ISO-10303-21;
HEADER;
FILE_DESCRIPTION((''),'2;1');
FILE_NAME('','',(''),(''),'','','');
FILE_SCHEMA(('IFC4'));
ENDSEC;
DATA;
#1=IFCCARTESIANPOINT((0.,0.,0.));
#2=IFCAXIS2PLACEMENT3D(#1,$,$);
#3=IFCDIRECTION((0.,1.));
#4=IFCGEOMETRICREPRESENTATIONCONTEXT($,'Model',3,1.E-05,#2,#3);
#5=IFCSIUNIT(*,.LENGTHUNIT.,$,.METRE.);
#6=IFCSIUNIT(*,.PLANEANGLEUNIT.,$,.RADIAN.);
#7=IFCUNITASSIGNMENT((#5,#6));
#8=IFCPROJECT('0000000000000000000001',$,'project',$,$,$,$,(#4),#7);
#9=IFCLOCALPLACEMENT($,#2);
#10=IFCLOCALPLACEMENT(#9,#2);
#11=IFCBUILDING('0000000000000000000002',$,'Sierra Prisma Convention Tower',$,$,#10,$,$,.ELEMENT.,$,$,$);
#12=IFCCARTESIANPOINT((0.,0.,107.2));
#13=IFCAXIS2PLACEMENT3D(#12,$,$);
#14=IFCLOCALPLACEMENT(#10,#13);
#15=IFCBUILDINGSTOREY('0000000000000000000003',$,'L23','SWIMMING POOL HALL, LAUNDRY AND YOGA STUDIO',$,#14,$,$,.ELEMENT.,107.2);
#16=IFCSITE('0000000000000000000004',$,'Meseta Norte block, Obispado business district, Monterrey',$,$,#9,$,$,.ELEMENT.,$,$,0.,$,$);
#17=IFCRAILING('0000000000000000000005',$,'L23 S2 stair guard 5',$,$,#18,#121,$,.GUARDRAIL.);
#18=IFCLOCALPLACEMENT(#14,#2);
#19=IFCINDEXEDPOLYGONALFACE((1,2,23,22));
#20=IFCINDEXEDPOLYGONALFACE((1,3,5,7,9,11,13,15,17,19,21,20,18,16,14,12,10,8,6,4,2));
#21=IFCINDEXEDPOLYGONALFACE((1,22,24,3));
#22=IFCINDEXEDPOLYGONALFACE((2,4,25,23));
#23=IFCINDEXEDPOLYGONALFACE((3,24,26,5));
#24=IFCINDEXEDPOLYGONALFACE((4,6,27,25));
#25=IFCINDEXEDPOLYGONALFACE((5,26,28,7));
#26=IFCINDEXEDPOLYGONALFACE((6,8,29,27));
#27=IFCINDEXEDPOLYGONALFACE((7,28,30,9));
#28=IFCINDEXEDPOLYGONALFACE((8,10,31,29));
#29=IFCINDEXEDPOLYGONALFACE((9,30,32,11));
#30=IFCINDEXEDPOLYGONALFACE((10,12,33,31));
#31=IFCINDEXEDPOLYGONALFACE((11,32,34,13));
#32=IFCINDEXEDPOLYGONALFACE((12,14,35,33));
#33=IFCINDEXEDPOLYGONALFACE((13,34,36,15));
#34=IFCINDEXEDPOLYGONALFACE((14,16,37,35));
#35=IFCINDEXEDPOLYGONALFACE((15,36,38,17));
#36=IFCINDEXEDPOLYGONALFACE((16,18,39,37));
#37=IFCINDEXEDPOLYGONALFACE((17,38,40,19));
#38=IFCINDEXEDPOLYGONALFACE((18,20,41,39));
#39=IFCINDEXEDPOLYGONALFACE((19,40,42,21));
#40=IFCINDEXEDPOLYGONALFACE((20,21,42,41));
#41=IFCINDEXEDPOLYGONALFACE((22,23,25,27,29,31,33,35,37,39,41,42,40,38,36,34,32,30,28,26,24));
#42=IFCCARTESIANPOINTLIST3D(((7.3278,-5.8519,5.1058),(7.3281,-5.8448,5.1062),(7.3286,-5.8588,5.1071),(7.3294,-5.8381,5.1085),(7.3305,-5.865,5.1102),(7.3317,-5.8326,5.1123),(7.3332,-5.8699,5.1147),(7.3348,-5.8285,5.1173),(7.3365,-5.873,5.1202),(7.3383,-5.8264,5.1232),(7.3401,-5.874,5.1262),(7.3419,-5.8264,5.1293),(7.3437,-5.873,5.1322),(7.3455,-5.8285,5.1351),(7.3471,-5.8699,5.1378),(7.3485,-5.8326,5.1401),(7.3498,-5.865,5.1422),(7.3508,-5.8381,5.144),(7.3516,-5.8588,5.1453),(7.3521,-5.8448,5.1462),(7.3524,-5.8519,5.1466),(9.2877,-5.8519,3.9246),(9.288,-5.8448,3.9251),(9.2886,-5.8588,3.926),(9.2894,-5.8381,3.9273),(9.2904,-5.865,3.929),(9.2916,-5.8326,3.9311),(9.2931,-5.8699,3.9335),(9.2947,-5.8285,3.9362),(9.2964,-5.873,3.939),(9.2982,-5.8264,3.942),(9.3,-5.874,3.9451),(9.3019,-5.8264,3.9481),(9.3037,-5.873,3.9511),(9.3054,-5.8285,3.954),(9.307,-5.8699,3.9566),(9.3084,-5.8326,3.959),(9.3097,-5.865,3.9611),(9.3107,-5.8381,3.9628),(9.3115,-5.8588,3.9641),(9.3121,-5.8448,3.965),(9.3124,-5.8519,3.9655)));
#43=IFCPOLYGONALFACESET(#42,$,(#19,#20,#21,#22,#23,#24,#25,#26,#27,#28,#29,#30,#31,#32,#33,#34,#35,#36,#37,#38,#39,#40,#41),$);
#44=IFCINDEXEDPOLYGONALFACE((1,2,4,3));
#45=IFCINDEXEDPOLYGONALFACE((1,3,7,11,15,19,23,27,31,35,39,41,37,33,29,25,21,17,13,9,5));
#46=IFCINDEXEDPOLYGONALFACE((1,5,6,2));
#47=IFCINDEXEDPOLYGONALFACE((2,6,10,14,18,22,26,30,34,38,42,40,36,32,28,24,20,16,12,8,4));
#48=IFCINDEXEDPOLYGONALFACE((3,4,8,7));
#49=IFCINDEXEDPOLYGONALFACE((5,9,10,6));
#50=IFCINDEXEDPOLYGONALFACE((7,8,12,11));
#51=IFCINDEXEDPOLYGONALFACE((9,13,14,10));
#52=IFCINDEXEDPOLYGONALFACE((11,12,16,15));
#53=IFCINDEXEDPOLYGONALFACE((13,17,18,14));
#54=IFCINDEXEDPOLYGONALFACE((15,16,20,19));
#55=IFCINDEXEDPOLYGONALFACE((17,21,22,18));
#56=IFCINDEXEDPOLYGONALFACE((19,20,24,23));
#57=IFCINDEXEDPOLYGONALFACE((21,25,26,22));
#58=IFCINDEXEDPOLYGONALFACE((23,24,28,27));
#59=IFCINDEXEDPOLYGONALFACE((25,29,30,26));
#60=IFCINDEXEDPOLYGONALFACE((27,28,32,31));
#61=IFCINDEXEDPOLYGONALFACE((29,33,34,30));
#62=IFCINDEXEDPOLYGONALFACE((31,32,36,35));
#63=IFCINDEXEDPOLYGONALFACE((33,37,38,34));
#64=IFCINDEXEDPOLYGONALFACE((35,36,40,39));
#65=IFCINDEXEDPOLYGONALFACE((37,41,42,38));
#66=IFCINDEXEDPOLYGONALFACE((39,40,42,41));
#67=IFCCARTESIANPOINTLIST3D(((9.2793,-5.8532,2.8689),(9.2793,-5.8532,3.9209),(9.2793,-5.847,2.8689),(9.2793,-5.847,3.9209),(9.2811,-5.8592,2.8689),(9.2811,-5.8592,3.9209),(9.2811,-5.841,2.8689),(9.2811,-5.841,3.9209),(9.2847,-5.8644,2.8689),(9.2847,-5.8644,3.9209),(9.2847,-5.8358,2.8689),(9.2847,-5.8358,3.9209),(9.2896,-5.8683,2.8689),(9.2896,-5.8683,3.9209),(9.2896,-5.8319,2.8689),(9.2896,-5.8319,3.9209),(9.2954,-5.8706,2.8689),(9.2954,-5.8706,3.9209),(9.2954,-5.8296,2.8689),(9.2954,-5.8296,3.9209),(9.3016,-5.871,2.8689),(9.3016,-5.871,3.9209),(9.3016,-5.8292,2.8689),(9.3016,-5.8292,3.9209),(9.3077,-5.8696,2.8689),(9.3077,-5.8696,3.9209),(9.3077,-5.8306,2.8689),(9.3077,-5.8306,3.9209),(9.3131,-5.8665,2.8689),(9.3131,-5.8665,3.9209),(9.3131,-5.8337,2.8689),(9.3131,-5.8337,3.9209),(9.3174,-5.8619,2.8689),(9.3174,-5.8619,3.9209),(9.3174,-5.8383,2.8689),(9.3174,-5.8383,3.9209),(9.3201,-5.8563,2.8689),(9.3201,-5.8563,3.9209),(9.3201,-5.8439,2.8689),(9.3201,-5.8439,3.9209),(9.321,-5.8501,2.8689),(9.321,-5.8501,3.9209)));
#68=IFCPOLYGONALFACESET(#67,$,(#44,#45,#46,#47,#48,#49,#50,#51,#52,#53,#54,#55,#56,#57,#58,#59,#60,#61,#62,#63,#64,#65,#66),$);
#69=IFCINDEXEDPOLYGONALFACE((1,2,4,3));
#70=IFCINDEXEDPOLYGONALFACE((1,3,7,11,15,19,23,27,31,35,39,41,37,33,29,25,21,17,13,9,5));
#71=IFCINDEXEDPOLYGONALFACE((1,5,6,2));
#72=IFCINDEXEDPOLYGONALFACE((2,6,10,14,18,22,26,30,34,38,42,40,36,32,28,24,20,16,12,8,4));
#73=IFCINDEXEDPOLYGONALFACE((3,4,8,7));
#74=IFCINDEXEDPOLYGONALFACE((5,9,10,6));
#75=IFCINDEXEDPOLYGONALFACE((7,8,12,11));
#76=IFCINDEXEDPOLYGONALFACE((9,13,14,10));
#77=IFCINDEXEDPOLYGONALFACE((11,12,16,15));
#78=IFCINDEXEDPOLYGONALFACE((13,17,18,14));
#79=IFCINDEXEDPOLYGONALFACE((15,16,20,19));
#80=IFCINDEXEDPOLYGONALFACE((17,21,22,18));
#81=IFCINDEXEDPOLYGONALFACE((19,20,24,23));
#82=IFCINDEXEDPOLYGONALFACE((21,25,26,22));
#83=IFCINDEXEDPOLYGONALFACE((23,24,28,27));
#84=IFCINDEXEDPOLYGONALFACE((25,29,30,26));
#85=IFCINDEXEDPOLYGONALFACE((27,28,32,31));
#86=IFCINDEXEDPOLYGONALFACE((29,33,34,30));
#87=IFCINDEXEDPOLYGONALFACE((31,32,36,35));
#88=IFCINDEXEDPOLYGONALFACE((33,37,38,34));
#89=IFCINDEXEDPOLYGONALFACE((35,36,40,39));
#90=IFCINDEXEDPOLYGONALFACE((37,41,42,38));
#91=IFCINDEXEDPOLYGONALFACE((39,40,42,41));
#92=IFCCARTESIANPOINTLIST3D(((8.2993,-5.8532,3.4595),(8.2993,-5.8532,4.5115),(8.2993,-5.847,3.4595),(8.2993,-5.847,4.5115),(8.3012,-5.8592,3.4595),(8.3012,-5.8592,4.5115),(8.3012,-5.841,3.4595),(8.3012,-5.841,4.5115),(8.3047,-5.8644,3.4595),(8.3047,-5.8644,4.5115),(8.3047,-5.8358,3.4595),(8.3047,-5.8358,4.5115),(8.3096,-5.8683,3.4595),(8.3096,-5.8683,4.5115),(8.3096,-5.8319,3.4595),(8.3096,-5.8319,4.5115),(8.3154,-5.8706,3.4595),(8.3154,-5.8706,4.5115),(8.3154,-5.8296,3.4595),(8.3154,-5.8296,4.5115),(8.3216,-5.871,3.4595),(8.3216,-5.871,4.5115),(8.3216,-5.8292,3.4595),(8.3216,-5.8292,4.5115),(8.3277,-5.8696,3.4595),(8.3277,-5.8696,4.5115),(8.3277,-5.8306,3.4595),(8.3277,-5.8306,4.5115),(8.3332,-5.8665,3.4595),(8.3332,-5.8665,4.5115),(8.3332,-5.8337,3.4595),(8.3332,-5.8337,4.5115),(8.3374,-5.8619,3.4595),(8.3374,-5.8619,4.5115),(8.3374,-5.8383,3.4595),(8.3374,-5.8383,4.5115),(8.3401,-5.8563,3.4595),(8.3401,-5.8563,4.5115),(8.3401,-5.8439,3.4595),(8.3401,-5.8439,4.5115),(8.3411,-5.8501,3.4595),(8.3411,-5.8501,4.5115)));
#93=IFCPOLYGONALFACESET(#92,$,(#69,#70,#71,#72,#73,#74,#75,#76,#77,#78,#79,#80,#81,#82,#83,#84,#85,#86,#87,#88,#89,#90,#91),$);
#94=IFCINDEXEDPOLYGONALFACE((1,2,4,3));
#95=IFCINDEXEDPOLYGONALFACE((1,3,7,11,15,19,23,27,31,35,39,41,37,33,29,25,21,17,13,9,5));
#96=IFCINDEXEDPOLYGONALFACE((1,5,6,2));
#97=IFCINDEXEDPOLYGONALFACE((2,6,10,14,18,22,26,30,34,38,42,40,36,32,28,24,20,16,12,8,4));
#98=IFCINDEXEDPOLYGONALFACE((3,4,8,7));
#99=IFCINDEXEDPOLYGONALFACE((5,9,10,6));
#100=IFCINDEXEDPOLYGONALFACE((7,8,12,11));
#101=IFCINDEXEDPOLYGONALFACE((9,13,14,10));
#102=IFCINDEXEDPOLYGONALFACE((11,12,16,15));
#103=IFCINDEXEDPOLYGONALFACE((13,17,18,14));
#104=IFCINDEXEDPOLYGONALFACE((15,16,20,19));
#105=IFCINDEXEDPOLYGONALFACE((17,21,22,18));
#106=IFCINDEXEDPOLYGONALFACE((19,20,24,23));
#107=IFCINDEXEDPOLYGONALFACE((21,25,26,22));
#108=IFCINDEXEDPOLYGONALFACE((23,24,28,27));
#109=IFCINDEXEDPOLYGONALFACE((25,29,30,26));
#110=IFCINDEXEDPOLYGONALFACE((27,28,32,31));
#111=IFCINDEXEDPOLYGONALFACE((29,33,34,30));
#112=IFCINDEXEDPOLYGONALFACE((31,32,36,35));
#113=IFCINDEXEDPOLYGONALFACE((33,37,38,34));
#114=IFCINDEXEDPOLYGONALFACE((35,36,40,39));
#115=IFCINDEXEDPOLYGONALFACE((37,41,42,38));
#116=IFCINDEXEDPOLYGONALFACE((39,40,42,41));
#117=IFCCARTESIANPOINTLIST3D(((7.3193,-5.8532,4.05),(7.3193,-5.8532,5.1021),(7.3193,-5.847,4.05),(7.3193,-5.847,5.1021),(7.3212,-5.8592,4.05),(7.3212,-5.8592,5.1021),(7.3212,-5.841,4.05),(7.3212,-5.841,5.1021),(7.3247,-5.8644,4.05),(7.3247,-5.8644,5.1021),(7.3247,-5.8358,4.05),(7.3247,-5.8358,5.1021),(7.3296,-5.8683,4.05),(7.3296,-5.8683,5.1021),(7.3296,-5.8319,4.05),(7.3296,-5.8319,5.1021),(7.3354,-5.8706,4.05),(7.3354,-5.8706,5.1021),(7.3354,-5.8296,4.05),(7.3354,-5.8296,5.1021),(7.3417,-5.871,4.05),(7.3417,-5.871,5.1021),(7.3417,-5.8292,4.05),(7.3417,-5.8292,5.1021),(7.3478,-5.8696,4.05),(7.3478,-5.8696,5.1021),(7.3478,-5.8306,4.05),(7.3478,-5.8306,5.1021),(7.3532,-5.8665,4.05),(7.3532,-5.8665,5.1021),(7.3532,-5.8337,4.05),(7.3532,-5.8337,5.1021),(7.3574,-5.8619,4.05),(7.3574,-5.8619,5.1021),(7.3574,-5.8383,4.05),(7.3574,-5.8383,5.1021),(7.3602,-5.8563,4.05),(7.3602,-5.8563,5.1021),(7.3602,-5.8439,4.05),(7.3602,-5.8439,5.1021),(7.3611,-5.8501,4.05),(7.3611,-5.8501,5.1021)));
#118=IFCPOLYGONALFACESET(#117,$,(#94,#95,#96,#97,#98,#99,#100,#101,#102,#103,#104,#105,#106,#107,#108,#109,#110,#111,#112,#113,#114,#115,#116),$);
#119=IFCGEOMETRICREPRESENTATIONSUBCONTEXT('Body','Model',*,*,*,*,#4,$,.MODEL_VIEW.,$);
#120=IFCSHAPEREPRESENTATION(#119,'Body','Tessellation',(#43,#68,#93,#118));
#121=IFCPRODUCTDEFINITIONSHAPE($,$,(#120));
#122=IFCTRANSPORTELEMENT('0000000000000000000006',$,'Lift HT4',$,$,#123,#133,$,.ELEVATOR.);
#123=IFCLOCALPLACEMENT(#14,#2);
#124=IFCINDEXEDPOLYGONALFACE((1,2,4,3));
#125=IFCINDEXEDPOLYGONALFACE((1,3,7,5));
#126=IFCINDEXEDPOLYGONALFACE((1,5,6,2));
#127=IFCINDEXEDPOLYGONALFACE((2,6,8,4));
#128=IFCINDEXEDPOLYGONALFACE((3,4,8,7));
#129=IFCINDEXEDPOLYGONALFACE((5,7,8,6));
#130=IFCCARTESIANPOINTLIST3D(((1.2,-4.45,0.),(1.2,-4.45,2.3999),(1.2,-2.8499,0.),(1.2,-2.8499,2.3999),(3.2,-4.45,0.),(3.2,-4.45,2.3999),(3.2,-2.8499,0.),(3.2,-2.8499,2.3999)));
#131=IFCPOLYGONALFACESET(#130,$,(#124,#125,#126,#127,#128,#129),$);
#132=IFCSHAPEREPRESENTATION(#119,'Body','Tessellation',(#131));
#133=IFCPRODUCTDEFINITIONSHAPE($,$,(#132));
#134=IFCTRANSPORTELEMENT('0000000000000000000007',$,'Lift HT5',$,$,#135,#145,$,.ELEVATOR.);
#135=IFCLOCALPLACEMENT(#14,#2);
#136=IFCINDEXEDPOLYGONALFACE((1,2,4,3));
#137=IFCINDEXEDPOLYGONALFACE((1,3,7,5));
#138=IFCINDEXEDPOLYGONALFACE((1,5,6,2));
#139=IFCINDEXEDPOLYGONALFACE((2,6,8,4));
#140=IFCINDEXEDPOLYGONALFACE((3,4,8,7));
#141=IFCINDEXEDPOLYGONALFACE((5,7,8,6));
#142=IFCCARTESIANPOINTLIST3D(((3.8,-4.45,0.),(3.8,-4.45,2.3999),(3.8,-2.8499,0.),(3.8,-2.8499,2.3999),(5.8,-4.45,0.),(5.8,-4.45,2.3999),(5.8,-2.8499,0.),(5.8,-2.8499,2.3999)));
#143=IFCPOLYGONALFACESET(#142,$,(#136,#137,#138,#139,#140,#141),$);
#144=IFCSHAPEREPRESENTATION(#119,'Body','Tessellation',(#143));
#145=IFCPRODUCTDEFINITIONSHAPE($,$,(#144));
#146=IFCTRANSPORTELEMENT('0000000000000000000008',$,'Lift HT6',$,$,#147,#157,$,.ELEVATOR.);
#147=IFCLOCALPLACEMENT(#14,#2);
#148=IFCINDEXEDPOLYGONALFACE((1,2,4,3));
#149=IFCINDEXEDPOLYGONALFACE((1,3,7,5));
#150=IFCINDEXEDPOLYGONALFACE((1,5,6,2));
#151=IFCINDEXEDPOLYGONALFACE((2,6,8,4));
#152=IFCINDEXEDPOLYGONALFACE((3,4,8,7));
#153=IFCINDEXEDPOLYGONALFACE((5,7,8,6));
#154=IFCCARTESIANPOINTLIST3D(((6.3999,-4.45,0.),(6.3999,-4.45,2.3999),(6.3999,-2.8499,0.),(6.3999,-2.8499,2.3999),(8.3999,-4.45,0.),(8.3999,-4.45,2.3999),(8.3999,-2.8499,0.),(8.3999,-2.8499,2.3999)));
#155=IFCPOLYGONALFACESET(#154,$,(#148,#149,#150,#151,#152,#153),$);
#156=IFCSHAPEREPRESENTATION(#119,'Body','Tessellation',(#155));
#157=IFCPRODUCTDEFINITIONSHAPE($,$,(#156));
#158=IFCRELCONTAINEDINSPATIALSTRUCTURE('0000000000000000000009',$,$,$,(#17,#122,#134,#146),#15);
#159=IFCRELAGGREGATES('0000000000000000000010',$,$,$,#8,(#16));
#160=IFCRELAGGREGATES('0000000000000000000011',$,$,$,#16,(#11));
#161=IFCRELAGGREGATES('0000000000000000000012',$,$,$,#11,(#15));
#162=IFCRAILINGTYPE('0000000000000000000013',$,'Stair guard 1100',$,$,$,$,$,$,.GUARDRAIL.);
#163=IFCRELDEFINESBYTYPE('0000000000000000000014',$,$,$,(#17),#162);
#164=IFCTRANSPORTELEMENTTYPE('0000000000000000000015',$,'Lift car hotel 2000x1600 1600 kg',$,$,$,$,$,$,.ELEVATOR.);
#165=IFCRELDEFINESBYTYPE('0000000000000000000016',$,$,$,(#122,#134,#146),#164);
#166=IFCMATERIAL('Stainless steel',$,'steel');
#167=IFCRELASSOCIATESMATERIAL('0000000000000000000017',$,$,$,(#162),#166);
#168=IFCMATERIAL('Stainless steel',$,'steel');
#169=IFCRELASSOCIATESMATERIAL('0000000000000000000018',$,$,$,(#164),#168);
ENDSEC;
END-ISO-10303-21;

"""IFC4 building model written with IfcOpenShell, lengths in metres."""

from ifc_helpers import new_model, si_unit, direction, frame, origin, origin_2d, place, context, subcontext, project, spatial, rectangle, circle, extrude, material, type_object, element, save


model = new_model("IFC4")

# Units and contexts
model_context = context("Model", 3, precision=1e-05, world=origin(), true_north=direction((0.0, 1.0)))
body_context = subcontext(model_context, "Body", "Model", "MODEL_VIEW")
ifc_project = project(units=[si_unit("LENGTHUNIT", "METRE"), si_unit("PLANEANGLEUNIT", "RADIAN")], contexts=[model_context])

# Site, building, storey
site_placement = place(None, origin())
site = spatial("IfcSite", under=ifc_project, at=site_placement, Name="Meseta Norte block, Obispado business district, Monterrey", CompositionType="ELEMENT", RefElevation=0.0)
building_placement = place(site_placement, origin())
building = spatial("IfcBuilding", under=site, at=building_placement, Name="Sierra Prisma Convention Tower", CompositionType="ELEMENT")
storey_placement = place(building_placement, frame((0.0, 0.0, 107.2)))
storey = spatial("IfcBuildingStorey", under=building, at=storey_placement, Name="L23", Description="SWIMMING POOL HALL, LAUNDRY AND YOGA STUDIO", CompositionType="ELEMENT", Elevation=107.2)

# Railing
ifc_material_1 = material(Name="Stainless steel", Category="steel")
railing_type_1 = type_object("IfcRailingType", Name="Stair guard 1100", PredefinedType="GUARDRAIL", material=ifc_material_1)
railing_1_placement = place(storey_placement, frame((9.3, -5.8501, 2.8689)))
element("IfcRailing", 1, at=railing_1_placement, inside=storey, type_object=railing_type_1, Name="L23 S2 stair guard 5", PredefinedType="GUARDRAIL", context=body_context, shape_type="SweptSolid", body=[
    extrude(circle(Radius=0.0239, at=origin_2d()), frame((0.0, 0.0, 1.0762), z_axis=(-0.856493, 0.0, 0.516158), x_axis=(0.0, -1.0, 0.0)), (0.0, 0.0, 1.0), 2.2883),
    extrude(circle(Radius=0.021, at=origin_2d()), origin(), (0.0, 0.0, 1.0), 1.052),
    extrude(circle(Radius=0.021, at=origin_2d()), frame((-0.98, 0.0, 0.5906)), (0.0, 0.0, 1.0), 1.052),
    extrude(circle(Radius=0.021, at=origin_2d()), frame((-1.96, 0.0, 1.1812)), (0.0, 0.0, 1.0), 1.052),
])

# Transport elements
ifc_material_2 = material(Name="Stainless steel", Category="steel")
transport_element_type = type_object("IfcTransportElementType", Name="Lift car hotel 2000x1600 1600 kg", PredefinedType="ELEVATOR", material=ifc_material_2)
for number, where, z_axis, x_axis, name in (
    (2, (2.2, -3.6499, 0.0), (0.0, 0.0, 1.0), (1.0, 0.0, 0.0), "Lift HT4"),
    (3, (4.8, -3.6499, 0.0), (0.0, 0.0, 1.0), (1.0, 0.0, 0.0), "Lift HT5"),
    (4, (7.3999, -3.6499, 0.0), (0.0, 0.0, 1.0), (1.0, 0.0, 0.0), "Lift HT6"),
):
    element("IfcTransportElement", number, at=place(storey_placement, frame(where, z_axis=z_axis, x_axis=x_axis)), inside=storey, type_object=transport_element_type, Name=name, PredefinedType="ELEVATOR", context=body_context, shape_type="SweptSolid", body=[
        extrude(rectangle(XDim=2.0, YDim=1.6001, at=origin_2d()), origin(), (0.0, 0.0, 1.0), 2.3999),
    ])

save(model, "model.ifc")
